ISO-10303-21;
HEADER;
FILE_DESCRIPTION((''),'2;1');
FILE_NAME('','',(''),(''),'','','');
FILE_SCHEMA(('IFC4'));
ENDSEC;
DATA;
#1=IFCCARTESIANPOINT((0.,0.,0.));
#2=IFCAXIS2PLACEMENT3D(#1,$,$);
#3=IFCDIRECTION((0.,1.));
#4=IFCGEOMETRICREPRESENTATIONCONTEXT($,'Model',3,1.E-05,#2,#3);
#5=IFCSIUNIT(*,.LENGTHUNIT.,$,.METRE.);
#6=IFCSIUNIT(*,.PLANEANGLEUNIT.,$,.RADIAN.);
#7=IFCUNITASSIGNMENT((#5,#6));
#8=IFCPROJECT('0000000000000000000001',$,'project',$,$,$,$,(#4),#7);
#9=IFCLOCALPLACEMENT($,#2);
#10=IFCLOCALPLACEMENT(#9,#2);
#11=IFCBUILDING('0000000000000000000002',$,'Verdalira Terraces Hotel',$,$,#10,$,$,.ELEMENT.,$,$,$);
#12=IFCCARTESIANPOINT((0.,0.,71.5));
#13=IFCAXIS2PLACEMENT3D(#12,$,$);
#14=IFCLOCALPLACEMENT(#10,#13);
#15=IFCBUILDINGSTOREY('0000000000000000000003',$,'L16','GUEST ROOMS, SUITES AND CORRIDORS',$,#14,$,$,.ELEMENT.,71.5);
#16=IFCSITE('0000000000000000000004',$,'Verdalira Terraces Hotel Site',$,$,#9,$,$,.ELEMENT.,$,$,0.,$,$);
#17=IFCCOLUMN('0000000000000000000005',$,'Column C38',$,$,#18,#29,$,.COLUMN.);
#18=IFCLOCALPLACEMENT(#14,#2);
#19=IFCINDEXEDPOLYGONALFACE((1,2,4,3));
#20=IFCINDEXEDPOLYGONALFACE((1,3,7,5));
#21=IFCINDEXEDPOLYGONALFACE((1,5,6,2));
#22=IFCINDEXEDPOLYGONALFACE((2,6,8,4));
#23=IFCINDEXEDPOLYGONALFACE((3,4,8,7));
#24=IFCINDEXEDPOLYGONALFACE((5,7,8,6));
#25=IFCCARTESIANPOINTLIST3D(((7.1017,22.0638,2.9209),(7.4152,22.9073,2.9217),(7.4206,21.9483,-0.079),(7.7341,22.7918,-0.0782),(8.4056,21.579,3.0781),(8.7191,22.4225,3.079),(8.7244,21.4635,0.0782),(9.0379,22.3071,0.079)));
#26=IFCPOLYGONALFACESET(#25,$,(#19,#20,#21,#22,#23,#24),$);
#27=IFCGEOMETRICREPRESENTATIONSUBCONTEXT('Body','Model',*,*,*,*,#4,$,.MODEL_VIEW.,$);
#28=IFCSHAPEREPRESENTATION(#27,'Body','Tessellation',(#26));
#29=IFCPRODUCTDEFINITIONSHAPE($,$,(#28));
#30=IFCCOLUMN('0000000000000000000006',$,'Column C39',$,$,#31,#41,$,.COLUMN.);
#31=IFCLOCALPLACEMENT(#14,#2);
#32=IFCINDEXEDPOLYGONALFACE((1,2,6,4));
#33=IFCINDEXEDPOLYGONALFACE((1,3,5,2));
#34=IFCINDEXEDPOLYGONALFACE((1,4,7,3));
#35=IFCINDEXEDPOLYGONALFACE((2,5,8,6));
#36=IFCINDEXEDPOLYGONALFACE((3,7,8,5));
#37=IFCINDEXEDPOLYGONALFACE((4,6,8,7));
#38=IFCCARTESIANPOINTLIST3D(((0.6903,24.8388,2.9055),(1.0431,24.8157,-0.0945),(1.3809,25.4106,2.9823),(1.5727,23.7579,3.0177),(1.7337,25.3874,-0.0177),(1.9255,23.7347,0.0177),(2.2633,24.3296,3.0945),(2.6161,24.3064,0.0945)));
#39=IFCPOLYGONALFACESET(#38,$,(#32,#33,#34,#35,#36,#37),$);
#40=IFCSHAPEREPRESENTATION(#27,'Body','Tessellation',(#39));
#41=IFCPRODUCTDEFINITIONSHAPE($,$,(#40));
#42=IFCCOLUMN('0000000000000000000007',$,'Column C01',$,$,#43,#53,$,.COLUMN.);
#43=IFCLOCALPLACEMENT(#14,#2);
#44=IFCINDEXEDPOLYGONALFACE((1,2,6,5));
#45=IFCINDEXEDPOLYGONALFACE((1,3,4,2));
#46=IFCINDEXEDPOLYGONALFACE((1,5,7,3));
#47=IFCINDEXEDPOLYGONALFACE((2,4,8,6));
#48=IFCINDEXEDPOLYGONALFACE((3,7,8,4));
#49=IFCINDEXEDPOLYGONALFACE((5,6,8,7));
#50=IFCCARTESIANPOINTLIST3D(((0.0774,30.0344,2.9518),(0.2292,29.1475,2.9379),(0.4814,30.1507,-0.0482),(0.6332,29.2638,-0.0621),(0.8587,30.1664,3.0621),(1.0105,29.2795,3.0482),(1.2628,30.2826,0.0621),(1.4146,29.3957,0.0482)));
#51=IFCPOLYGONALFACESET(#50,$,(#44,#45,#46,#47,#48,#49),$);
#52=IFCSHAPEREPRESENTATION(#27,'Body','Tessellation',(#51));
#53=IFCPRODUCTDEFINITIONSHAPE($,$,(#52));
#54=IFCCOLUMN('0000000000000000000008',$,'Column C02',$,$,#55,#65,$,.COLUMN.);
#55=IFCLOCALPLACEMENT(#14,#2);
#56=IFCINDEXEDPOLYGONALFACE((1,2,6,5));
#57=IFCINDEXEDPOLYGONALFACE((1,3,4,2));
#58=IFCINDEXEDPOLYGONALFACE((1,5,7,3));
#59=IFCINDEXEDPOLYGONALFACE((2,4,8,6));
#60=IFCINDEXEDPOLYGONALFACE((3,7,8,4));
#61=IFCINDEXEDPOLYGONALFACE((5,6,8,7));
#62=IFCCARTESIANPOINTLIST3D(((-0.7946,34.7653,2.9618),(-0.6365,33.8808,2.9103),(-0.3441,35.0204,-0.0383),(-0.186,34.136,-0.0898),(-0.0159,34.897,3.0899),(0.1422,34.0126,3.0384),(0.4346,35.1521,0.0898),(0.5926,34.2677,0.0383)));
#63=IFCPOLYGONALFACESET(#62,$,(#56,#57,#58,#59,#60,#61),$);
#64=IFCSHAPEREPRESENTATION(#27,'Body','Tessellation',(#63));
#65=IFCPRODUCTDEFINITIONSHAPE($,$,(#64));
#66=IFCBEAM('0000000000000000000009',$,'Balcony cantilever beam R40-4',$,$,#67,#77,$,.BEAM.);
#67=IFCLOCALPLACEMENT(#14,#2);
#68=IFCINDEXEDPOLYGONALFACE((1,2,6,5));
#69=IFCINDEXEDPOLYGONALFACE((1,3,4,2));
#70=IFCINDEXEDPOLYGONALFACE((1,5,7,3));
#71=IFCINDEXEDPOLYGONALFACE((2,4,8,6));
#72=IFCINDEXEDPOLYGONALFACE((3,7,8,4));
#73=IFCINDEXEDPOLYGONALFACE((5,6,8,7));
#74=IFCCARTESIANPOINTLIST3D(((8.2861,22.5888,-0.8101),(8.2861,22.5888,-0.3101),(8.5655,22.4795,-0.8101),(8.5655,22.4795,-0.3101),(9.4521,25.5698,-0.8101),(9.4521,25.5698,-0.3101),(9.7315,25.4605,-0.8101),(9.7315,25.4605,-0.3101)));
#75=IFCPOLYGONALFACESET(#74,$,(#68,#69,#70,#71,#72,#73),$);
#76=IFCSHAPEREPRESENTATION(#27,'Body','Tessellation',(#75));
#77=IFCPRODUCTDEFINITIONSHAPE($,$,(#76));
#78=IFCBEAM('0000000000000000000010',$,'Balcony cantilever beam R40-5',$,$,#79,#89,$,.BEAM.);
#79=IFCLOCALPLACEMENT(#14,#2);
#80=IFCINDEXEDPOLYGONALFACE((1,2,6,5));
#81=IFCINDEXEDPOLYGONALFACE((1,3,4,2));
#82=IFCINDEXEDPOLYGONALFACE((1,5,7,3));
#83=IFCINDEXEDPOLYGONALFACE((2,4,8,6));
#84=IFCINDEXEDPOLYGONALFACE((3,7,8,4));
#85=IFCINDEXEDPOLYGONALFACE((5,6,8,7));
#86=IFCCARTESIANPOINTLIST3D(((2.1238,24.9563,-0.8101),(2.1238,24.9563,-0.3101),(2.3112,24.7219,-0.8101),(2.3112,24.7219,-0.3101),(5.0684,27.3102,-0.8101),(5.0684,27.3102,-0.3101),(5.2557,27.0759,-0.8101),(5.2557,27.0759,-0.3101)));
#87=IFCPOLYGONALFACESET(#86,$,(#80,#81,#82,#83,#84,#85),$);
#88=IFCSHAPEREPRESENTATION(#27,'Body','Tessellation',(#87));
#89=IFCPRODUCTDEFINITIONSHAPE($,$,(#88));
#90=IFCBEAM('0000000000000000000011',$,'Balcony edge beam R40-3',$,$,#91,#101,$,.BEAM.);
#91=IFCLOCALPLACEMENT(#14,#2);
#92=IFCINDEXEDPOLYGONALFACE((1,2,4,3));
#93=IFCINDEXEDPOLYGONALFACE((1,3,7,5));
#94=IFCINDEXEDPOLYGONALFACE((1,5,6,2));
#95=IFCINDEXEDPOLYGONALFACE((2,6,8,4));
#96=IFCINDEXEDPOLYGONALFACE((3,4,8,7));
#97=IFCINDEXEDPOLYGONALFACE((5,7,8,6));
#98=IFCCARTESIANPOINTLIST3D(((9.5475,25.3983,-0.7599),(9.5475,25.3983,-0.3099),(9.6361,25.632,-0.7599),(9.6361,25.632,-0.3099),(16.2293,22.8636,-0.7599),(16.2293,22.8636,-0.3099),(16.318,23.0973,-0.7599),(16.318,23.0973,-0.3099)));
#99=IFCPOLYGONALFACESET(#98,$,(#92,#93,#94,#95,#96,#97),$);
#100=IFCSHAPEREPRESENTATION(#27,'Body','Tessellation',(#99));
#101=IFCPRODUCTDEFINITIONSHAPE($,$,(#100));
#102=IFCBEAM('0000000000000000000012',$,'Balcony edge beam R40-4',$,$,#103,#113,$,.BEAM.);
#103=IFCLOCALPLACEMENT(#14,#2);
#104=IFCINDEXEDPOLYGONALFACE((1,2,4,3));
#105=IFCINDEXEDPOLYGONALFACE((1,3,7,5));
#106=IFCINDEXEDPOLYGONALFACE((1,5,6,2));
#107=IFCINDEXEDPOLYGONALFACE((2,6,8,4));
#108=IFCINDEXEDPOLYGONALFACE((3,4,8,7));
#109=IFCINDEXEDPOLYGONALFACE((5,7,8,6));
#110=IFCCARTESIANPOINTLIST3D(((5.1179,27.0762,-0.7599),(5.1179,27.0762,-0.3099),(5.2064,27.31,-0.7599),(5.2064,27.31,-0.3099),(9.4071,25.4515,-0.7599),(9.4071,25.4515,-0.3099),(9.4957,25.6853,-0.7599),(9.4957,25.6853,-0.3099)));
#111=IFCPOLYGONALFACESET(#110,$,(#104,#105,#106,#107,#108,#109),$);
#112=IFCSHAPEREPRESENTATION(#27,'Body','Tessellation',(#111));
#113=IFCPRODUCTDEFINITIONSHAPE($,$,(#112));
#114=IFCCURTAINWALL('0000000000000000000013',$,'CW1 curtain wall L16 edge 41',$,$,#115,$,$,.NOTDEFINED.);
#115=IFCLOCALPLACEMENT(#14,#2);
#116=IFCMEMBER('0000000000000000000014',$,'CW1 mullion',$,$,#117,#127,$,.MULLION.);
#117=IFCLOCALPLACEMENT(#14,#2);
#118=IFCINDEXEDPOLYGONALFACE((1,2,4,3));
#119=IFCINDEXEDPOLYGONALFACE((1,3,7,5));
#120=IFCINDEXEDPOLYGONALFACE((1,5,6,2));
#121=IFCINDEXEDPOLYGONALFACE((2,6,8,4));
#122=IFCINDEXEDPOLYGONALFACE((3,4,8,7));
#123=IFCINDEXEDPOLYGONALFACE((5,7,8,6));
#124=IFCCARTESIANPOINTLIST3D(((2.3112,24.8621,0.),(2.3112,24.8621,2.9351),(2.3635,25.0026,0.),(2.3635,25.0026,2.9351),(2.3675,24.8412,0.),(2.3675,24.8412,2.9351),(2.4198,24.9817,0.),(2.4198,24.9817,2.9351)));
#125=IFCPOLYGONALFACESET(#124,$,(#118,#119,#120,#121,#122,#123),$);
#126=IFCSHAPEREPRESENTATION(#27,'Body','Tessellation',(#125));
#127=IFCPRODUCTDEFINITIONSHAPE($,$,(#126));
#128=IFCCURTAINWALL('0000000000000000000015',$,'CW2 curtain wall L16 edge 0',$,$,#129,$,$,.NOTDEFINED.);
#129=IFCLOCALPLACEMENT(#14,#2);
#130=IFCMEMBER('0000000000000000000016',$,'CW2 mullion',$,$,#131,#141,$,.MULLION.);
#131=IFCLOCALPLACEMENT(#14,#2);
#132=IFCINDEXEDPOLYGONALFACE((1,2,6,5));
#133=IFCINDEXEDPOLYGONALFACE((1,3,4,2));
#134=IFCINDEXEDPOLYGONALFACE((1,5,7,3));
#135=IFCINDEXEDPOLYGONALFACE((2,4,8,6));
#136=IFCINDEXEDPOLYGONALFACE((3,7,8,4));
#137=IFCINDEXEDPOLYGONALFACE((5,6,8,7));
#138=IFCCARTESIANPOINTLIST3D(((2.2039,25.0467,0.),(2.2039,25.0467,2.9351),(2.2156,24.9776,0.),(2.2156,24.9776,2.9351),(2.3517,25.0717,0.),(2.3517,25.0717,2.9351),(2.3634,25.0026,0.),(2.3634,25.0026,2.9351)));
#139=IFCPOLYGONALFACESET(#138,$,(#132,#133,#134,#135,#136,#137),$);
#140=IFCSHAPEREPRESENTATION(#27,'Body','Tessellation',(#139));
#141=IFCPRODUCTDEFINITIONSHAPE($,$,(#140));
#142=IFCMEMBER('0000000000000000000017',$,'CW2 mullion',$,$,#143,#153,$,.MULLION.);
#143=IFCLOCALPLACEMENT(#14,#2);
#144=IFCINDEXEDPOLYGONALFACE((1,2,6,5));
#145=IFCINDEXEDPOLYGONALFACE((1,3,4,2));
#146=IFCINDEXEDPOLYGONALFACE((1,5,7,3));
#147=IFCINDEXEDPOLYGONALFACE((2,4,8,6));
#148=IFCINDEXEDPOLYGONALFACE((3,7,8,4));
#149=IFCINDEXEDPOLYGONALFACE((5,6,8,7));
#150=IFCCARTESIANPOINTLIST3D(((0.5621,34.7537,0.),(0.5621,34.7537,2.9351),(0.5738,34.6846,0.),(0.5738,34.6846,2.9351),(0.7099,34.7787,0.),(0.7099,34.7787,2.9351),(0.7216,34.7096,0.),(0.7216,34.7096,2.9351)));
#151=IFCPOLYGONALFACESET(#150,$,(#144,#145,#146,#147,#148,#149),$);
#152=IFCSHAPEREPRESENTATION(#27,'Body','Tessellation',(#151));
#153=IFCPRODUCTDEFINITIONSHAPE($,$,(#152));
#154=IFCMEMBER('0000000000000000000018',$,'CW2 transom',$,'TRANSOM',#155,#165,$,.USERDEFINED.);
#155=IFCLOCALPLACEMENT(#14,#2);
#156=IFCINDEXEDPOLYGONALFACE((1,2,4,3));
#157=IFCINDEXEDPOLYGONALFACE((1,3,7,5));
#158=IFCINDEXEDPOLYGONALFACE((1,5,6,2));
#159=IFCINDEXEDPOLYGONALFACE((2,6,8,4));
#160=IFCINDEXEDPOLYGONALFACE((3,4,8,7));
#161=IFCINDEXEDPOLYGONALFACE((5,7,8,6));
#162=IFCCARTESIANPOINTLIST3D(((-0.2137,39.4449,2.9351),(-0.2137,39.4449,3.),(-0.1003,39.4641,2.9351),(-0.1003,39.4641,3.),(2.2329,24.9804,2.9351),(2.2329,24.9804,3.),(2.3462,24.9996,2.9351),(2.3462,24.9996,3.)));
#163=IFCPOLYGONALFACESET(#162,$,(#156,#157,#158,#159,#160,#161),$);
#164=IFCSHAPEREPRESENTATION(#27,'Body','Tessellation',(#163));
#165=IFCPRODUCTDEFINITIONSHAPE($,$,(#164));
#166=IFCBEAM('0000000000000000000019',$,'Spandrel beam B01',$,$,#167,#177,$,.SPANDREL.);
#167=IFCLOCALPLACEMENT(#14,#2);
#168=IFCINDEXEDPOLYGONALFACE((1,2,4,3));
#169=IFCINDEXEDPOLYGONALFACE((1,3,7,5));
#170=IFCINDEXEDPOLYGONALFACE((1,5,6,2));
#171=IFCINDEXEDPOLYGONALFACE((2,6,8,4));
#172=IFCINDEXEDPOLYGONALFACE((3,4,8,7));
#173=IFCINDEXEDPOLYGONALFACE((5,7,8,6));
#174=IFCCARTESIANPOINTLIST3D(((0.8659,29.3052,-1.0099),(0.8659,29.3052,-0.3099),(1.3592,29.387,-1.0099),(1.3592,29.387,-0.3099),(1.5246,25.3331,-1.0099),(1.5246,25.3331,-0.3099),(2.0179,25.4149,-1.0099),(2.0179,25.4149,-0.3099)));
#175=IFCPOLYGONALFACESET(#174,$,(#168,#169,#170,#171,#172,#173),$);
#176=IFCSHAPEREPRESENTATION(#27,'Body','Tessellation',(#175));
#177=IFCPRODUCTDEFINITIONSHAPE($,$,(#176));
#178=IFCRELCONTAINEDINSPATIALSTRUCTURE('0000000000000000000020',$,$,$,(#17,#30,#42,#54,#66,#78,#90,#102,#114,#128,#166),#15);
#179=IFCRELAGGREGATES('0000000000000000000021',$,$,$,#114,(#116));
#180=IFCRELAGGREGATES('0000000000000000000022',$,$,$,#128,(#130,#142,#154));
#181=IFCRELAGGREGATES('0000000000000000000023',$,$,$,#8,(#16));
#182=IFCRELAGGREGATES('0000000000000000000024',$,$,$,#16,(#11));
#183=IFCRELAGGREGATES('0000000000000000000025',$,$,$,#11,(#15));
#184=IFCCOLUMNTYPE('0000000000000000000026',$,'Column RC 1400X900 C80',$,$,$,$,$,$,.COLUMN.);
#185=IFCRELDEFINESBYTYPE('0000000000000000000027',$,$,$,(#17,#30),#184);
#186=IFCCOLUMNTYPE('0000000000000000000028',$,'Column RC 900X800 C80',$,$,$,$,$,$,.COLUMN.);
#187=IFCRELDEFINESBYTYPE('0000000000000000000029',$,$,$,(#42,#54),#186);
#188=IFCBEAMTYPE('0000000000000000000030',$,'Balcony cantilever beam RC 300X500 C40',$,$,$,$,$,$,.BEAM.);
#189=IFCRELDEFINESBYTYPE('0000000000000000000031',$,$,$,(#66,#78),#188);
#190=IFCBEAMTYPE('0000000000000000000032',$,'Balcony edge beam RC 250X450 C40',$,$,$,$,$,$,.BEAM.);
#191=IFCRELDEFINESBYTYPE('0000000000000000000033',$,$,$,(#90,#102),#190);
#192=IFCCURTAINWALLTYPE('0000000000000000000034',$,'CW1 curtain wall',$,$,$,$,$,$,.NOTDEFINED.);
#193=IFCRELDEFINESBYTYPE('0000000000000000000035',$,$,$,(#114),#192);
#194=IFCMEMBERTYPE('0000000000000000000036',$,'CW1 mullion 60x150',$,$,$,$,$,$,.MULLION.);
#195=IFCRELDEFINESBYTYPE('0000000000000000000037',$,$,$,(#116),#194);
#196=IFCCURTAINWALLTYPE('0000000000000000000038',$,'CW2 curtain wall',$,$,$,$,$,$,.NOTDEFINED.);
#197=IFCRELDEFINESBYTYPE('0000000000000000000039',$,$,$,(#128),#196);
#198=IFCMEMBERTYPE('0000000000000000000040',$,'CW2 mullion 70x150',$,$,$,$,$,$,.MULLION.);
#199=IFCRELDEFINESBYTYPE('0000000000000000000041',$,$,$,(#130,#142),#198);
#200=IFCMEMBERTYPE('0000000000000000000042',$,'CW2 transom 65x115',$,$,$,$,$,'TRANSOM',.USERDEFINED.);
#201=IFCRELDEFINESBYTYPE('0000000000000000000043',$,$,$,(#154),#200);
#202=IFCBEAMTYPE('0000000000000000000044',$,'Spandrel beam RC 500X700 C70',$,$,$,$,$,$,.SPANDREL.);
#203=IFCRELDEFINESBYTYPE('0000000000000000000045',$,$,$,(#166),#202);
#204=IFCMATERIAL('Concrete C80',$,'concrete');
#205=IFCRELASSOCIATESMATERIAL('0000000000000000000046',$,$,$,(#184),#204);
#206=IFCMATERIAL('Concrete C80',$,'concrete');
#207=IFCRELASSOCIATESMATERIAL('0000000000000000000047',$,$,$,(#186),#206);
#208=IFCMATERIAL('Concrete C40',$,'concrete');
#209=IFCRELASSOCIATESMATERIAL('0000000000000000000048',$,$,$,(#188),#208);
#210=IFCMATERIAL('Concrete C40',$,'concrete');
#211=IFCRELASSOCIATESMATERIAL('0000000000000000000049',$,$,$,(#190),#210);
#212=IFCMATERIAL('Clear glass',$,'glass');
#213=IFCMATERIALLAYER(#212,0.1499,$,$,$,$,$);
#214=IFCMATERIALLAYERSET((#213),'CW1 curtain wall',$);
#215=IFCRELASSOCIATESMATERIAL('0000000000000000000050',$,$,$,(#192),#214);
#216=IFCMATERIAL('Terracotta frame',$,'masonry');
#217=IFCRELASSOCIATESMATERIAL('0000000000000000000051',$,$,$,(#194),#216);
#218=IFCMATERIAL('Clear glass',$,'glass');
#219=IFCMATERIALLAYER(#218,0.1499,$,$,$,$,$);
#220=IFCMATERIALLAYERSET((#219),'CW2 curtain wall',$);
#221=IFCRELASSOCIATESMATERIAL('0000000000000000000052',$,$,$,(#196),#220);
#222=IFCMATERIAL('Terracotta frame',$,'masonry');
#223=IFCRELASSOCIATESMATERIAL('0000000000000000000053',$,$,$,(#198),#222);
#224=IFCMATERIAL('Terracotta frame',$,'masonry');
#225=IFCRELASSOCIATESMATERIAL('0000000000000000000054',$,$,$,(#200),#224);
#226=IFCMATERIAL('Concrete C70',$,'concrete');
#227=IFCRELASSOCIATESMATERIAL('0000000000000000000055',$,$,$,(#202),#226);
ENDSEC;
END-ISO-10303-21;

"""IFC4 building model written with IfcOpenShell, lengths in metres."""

from ifc_helpers import new_model, si_unit, direction, frame, origin, origin_2d, place, context, subcontext, project, spatial, rectangle, extrude, material, layer, layer_set, material_profile, profile_set, type_object, element, aggregate, save


model = new_model("IFC4")

# Units and contexts
model_context = context("Model", 3, precision=1e-05, world=origin(), true_north=direction((0.0, 1.0)))
body_context = subcontext(model_context, "Body", "Model", "MODEL_VIEW")
ifc_project = project(units=[si_unit("LENGTHUNIT", "METRE"), si_unit("PLANEANGLEUNIT", "RADIAN")], contexts=[model_context])

# Site, building, storey
site_placement = place(None, origin())
site = spatial("IfcSite", under=ifc_project, at=site_placement, Name="Verdalira Terraces Hotel Site", CompositionType="ELEMENT", RefElevation=0.0)
building_placement = place(site_placement, origin())
building = spatial("IfcBuilding", under=site, at=building_placement, Name="Verdalira Terraces Hotel", CompositionType="ELEMENT")
storey_placement = place(building_placement, frame((0.0, 0.0, 71.5)))
storey = spatial("IfcBuildingStorey", under=building, at=storey_placement, Name="L16", Description="GUEST ROOMS, SUITES AND CORRIDORS", CompositionType="ELEMENT", Elevation=71.5)

# Columns
ifc_material_1 = material(Name="Concrete C80", Category="concrete")
ifc_material_profile_1 = material_profile(ifc_material_1, rectangle(XDim=1.3999, YDim=0.8999, at=origin_2d()), Name="RC 1400X900")
ifc_profile_set_1 = profile_set([ifc_material_profile_1], Name="Concrete C80")
column_type_1 = type_object("IfcColumnType", Name="Column RC 1400X900 C80", PredefinedType="COLUMN", material=ifc_profile_set_1)
column_1_placement = place(storey_placement, frame((8.2292, 22.1277, 0.0), z_axis=(-0.10561, 0.038249, 0.993672), x_axis=(-0.93138, 0.34629, -0.112319)))
element("IfcColumn", 1, at=column_1_placement, inside=storey, type_object=column_type_1, Name="Column C38", PredefinedType="COLUMN", context=body_context, shape_type="SweptSolid", body=[
    extrude(rectangle(XDim=1.3999, YDim=0.8999, at=origin_2d()), origin(), (0.0, 0.0, 1.0), 3.019),
])
column_2_placement = place(storey_placement, frame((1.8296, 24.561, 0.0), z_axis=(-0.116786, 0.007678, 0.993127), x_axis=(0.630327, -0.772187, 0.080093)))
element("IfcColumn", 2, at=column_2_placement, inside=storey, type_object=column_type_1, Name="Column C39", PredefinedType="COLUMN", context=body_context, shape_type="SweptSolid", body=[
    extrude(rectangle(XDim=1.3999, YDim=0.8999, at=origin_2d()), origin(), (0.0, 0.0, 1.0), 3.0208),
])
ifc_material_2 = material(Name="Concrete C80", Category="concrete")
ifc_material_profile_2 = material_profile(ifc_material_2, rectangle(XDim=0.8999, YDim=0.8, at=origin_2d()), Name="RC 900X800")
ifc_profile_set_2 = profile_set([ifc_material_profile_2], Name="Concrete C80")
column_type_2 = type_object("IfcColumnType", Name="Column RC 900X800 C80", PredefinedType="COLUMN", material=ifc_profile_set_2)
column_3_placement = place(storey_placement, frame((0.948, 29.7732, 0.0), z_axis=(-0.133381, -0.038362, 0.990322), x_axis=(-0.168662, 0.985553, 0.015461)))
element("IfcColumn", 3, at=column_3_placement, inside=storey, type_object=column_type_2, Name="Column C01", PredefinedType="COLUMN", context=body_context, shape_type="SweptSolid", body=[
    extrude(rectangle(XDim=0.8999, YDim=0.8, at=origin_2d()), origin(), (0.0, 0.0, 1.0), 3.0293),
])
column_4_placement = place(storey_placement, frame((0.1243, 34.644, 0.0), z_axis=(-0.14796, -0.083804, 0.985436), x_axis=(-0.175665, 0.982787, 0.057203)))
element("IfcColumn", 4, at=column_4_placement, inside=storey, type_object=column_type_2, Name="Column C02", PredefinedType="COLUMN", context=body_context, shape_type="SweptSolid", body=[
    extrude(rectangle(XDim=0.8999, YDim=0.8, at=origin_2d()), origin(), (0.0, 0.0, 1.0), 3.0444),
])

# Beams
ifc_material_3 = material(Name="Concrete C40", Category="concrete")
ifc_material_profile_3 = material_profile(ifc_material_3, rectangle(XDim=0.3, YDim=0.5, at=origin_2d()), Name="RC 300X500")
ifc_profile_set_3 = profile_set([ifc_material_profile_3], Name="Concrete C40")
beam_type_1 = type_object("IfcBeamType", Name="Balcony cantilever beam RC 300X500 C40", PredefinedType="BEAM", material=ifc_profile_set_3)
beam_1_placement = place(storey_placement, frame((8.4258, 22.5342, -0.5601), z_axis=(0.364279, 0.93129, 0.0), x_axis=(-0.93129, 0.364279, 0.0)))
element("IfcBeam", 5, at=beam_1_placement, inside=storey, type_object=beam_type_1, Name="Balcony cantilever beam R40-4", PredefinedType="BEAM", context=body_context, shape_type="SweptSolid", body=[
    extrude(rectangle(XDim=0.3, YDim=0.5, at=origin_2d()), origin(), (0.0, 0.0, 1.0), 3.2009),
])
beam_2_placement = place(storey_placement, frame((2.2175, 24.8391, -0.5601), z_axis=(0.781084, 0.624426, 0.0), x_axis=(-0.624426, 0.781084, 0.0)))
element("IfcBeam", 6, at=beam_2_placement, inside=storey, type_object=beam_type_1, Name="Balcony cantilever beam R40-5", PredefinedType="BEAM", context=body_context, shape_type="SweptSolid", body=[
    extrude(rectangle(XDim=0.3, YDim=0.5, at=origin_2d()), origin(), (0.0, 0.0, 1.0), 3.7698),
])
ifc_material_4 = material(Name="Concrete C40", Category="concrete")
ifc_material_profile_4 = material_profile(ifc_material_4, rectangle(XDim=0.25, YDim=0.45, at=origin_2d()), Name="RC 250X450")
ifc_profile_set_4 = profile_set([ifc_material_profile_4], Name="Concrete C40")
beam_type_2 = type_object("IfcBeamType", Name="Balcony edge beam RC 250X450 C40", PredefinedType="BEAM", material=ifc_profile_set_4)
beam_3_placement = place(storey_placement, frame((16.2737, 22.9805, -0.5349), z_axis=(-0.93499, 0.354674, 0.0), x_axis=(-0.354674, -0.93499, 0.0)))
element("IfcBeam", 7, at=beam_3_placement, inside=storey, type_object=beam_type_2, Name="Balcony edge beam R40-3", PredefinedType="BEAM", context=body_context, shape_type="SweptSolid", body=[
    extrude(rectangle(XDim=0.25, YDim=0.45, at=origin_2d()), origin(), (0.0, 0.0, 1.0), 7.1465),
])
beam_4_placement = place(storey_placement, frame((9.4514, 25.5684, -0.5349), z_axis=(-0.935158, 0.354231, 0.0), x_axis=(-0.354231, -0.935158, 0.0)))
element("IfcBeam", 8, at=beam_4_placement, inside=storey, type_object=beam_type_2, Name="Balcony edge beam R40-4", PredefinedType="BEAM", context=body_context, shape_type="SweptSolid", body=[
    extrude(rectangle(XDim=0.25, YDim=0.45, at=origin_2d()), origin(), (0.0, 0.0, 1.0), 4.5867),
])

# Curtain wall, member
ifc_material_5 = material(Name="Clear glass", Category="glass")
ifc_layer_1 = layer(ifc_material_5, 0.1499)
ifc_layer_set_1 = layer_set([ifc_layer_1], Name="CW1 curtain wall")
curtain_wall_type_1 = type_object("IfcCurtainWallType", Name="CW1 curtain wall", PredefinedType="NOTDEFINED", material=ifc_layer_set_1)
curtain_wall_1_placement = place(storey_placement, origin())
curtain_wall_1 = element("IfcCurtainWall", 9, at=curtain_wall_1_placement, inside=storey, type_object=curtain_wall_type_1, Name="CW1 curtain wall L16 edge 41", PredefinedType="NOTDEFINED")
ifc_material_6 = material(Name="Terracotta frame", Category="masonry")
ifc_material_profile_5 = material_profile(ifc_material_6, rectangle(XDim=0.0601, YDim=0.1499, at=origin_2d()), Name="MU 60x150")
ifc_profile_set_5 = profile_set([ifc_material_profile_5], Name="Terracotta frame")
member_type_1 = type_object("IfcMemberType", Name="CW1 mullion 60x150", PredefinedType="MULLION", material=ifc_profile_set_5)
member_1_placement = place(storey_placement, frame((2.3655, 24.9219, 0.0), z_axis=(0.0, 0.0, 1.0), x_axis=(-0.937282, 0.348572, 0.0)))
member_1 = element("IfcMember", 10, at=member_1_placement, type_object=member_type_1, Name="CW1 mullion", PredefinedType="MULLION", context=body_context, shape_type="SweptSolid", body=[
    extrude(rectangle(XDim=0.0601, YDim=0.1499, at=origin_2d()), origin(), (0.0, 0.0, 1.0), 2.9351),
])

# Curtain wall, members
ifc_material_7 = material(Name="Clear glass", Category="glass")
ifc_layer_2 = layer(ifc_material_7, 0.1499)
ifc_layer_set_2 = layer_set([ifc_layer_2], Name="CW2 curtain wall")
curtain_wall_type_2 = type_object("IfcCurtainWallType", Name="CW2 curtain wall", PredefinedType="NOTDEFINED", material=ifc_layer_set_2)
curtain_wall_2_placement = place(storey_placement, origin())
curtain_wall_2 = element("IfcCurtainWall", 11, at=curtain_wall_2_placement, inside=storey, type_object=curtain_wall_type_2, Name="CW2 curtain wall L16 edge 0", PredefinedType="NOTDEFINED")
ifc_material_8 = material(Name="Terracotta frame", Category="masonry")
ifc_material_profile_6 = material_profile(ifc_material_8, rectangle(XDim=0.0701, YDim=0.1499, at=origin_2d()), Name="MU 70x150")
ifc_profile_set_6 = profile_set([ifc_material_profile_6], Name="Terracotta frame")
member_type_2 = type_object("IfcMemberType", Name="CW2 mullion 70x150", PredefinedType="MULLION", material=ifc_profile_set_6)
member_2_placement = place(storey_placement, frame((2.2837, 25.0247, 0.0), z_axis=(0.0, 0.0, 1.0), x_axis=(-0.166769, 0.985996, 0.0)))
member_2 = element("IfcMember", 12, at=member_2_placement, type_object=member_type_2, Name="CW2 mullion", PredefinedType="MULLION", context=body_context, shape_type="SweptSolid", body=[
    extrude(rectangle(XDim=0.0701, YDim=0.1499, at=origin_2d()), origin(), (0.0, 0.0, 1.0), 2.9351),
])
member_3_placement = place(storey_placement, frame((0.6418, 34.7317, 0.0), z_axis=(0.0, 0.0, 1.0), x_axis=(-0.166769, 0.985996, 0.0)))
member_3 = element("IfcMember", 13, at=member_3_placement, type_object=member_type_2, Name="CW2 mullion", PredefinedType="MULLION", context=body_context, shape_type="SweptSolid", body=[
    extrude(rectangle(XDim=0.0701, YDim=0.1499, at=origin_2d()), origin(), (0.0, 0.0, 1.0), 2.9351),
])
ifc_material_9 = material(Name="Terracotta frame", Category="masonry")
ifc_material_profile_7 = material_profile(ifc_material_9, rectangle(XDim=0.115, YDim=0.0649, at=origin_2d()), Name="TR 65x115")
ifc_profile_set_7 = profile_set([ifc_material_profile_7], Name="Terracotta frame")
member_type_3 = type_object("IfcMemberType", Name="CW2 transom 65x115", ElementType="TRANSOM", PredefinedType="USERDEFINED", material=ifc_profile_set_7)
member_4_placement = place(storey_placement, frame((2.2896, 24.99, 2.9675), z_axis=(-0.166773, 0.985995, 0.0), x_axis=(-0.985995, -0.166773, 0.0)))
member_4 = element("IfcMember", 14, at=member_4_placement, type_object=member_type_3, Name="CW2 transom", ObjectType="TRANSOM", PredefinedType="USERDEFINED", context=body_context, shape_type="SweptSolid", body=[
    extrude(rectangle(XDim=0.115, YDim=0.0649, at=origin_2d()), origin(), (0.0, 0.0, 1.0), 14.6699),
])

# Beam
ifc_material_10 = material(Name="Concrete C70", Category="concrete")
ifc_material_profile_8 = material_profile(ifc_material_10, rectangle(XDim=0.5, YDim=0.7, at=origin_2d()), Name="RC 500X700")
ifc_profile_set_8 = profile_set([ifc_material_profile_8], Name="Concrete C70")
beam_type_3 = type_object("IfcBeamType", Name="Spandrel beam RC 500X700 C70", PredefinedType="SPANDREL", material=ifc_profile_set_8)
beam_5_placement = place(storey_placement, frame((1.7712, 25.374, -0.6599), z_axis=(-0.163593, 0.986528, 0.0), x_axis=(-0.986528, -0.163593, 0.0)))
element("IfcBeam", 15, at=beam_5_placement, inside=storey, type_object=beam_type_3, Name="Spandrel beam B01", PredefinedType="SPANDREL", context=body_context, shape_type="SweptSolid", body=[
    extrude(rectangle(XDim=0.5, YDim=0.7, at=origin_2d()), origin(), (0.0, 0.0, 1.0), 4.0264),
])

aggregate(curtain_wall_1, [member_1])
aggregate(curtain_wall_2, [member_2, member_3, member_4])

save(model, "model.ifc")
